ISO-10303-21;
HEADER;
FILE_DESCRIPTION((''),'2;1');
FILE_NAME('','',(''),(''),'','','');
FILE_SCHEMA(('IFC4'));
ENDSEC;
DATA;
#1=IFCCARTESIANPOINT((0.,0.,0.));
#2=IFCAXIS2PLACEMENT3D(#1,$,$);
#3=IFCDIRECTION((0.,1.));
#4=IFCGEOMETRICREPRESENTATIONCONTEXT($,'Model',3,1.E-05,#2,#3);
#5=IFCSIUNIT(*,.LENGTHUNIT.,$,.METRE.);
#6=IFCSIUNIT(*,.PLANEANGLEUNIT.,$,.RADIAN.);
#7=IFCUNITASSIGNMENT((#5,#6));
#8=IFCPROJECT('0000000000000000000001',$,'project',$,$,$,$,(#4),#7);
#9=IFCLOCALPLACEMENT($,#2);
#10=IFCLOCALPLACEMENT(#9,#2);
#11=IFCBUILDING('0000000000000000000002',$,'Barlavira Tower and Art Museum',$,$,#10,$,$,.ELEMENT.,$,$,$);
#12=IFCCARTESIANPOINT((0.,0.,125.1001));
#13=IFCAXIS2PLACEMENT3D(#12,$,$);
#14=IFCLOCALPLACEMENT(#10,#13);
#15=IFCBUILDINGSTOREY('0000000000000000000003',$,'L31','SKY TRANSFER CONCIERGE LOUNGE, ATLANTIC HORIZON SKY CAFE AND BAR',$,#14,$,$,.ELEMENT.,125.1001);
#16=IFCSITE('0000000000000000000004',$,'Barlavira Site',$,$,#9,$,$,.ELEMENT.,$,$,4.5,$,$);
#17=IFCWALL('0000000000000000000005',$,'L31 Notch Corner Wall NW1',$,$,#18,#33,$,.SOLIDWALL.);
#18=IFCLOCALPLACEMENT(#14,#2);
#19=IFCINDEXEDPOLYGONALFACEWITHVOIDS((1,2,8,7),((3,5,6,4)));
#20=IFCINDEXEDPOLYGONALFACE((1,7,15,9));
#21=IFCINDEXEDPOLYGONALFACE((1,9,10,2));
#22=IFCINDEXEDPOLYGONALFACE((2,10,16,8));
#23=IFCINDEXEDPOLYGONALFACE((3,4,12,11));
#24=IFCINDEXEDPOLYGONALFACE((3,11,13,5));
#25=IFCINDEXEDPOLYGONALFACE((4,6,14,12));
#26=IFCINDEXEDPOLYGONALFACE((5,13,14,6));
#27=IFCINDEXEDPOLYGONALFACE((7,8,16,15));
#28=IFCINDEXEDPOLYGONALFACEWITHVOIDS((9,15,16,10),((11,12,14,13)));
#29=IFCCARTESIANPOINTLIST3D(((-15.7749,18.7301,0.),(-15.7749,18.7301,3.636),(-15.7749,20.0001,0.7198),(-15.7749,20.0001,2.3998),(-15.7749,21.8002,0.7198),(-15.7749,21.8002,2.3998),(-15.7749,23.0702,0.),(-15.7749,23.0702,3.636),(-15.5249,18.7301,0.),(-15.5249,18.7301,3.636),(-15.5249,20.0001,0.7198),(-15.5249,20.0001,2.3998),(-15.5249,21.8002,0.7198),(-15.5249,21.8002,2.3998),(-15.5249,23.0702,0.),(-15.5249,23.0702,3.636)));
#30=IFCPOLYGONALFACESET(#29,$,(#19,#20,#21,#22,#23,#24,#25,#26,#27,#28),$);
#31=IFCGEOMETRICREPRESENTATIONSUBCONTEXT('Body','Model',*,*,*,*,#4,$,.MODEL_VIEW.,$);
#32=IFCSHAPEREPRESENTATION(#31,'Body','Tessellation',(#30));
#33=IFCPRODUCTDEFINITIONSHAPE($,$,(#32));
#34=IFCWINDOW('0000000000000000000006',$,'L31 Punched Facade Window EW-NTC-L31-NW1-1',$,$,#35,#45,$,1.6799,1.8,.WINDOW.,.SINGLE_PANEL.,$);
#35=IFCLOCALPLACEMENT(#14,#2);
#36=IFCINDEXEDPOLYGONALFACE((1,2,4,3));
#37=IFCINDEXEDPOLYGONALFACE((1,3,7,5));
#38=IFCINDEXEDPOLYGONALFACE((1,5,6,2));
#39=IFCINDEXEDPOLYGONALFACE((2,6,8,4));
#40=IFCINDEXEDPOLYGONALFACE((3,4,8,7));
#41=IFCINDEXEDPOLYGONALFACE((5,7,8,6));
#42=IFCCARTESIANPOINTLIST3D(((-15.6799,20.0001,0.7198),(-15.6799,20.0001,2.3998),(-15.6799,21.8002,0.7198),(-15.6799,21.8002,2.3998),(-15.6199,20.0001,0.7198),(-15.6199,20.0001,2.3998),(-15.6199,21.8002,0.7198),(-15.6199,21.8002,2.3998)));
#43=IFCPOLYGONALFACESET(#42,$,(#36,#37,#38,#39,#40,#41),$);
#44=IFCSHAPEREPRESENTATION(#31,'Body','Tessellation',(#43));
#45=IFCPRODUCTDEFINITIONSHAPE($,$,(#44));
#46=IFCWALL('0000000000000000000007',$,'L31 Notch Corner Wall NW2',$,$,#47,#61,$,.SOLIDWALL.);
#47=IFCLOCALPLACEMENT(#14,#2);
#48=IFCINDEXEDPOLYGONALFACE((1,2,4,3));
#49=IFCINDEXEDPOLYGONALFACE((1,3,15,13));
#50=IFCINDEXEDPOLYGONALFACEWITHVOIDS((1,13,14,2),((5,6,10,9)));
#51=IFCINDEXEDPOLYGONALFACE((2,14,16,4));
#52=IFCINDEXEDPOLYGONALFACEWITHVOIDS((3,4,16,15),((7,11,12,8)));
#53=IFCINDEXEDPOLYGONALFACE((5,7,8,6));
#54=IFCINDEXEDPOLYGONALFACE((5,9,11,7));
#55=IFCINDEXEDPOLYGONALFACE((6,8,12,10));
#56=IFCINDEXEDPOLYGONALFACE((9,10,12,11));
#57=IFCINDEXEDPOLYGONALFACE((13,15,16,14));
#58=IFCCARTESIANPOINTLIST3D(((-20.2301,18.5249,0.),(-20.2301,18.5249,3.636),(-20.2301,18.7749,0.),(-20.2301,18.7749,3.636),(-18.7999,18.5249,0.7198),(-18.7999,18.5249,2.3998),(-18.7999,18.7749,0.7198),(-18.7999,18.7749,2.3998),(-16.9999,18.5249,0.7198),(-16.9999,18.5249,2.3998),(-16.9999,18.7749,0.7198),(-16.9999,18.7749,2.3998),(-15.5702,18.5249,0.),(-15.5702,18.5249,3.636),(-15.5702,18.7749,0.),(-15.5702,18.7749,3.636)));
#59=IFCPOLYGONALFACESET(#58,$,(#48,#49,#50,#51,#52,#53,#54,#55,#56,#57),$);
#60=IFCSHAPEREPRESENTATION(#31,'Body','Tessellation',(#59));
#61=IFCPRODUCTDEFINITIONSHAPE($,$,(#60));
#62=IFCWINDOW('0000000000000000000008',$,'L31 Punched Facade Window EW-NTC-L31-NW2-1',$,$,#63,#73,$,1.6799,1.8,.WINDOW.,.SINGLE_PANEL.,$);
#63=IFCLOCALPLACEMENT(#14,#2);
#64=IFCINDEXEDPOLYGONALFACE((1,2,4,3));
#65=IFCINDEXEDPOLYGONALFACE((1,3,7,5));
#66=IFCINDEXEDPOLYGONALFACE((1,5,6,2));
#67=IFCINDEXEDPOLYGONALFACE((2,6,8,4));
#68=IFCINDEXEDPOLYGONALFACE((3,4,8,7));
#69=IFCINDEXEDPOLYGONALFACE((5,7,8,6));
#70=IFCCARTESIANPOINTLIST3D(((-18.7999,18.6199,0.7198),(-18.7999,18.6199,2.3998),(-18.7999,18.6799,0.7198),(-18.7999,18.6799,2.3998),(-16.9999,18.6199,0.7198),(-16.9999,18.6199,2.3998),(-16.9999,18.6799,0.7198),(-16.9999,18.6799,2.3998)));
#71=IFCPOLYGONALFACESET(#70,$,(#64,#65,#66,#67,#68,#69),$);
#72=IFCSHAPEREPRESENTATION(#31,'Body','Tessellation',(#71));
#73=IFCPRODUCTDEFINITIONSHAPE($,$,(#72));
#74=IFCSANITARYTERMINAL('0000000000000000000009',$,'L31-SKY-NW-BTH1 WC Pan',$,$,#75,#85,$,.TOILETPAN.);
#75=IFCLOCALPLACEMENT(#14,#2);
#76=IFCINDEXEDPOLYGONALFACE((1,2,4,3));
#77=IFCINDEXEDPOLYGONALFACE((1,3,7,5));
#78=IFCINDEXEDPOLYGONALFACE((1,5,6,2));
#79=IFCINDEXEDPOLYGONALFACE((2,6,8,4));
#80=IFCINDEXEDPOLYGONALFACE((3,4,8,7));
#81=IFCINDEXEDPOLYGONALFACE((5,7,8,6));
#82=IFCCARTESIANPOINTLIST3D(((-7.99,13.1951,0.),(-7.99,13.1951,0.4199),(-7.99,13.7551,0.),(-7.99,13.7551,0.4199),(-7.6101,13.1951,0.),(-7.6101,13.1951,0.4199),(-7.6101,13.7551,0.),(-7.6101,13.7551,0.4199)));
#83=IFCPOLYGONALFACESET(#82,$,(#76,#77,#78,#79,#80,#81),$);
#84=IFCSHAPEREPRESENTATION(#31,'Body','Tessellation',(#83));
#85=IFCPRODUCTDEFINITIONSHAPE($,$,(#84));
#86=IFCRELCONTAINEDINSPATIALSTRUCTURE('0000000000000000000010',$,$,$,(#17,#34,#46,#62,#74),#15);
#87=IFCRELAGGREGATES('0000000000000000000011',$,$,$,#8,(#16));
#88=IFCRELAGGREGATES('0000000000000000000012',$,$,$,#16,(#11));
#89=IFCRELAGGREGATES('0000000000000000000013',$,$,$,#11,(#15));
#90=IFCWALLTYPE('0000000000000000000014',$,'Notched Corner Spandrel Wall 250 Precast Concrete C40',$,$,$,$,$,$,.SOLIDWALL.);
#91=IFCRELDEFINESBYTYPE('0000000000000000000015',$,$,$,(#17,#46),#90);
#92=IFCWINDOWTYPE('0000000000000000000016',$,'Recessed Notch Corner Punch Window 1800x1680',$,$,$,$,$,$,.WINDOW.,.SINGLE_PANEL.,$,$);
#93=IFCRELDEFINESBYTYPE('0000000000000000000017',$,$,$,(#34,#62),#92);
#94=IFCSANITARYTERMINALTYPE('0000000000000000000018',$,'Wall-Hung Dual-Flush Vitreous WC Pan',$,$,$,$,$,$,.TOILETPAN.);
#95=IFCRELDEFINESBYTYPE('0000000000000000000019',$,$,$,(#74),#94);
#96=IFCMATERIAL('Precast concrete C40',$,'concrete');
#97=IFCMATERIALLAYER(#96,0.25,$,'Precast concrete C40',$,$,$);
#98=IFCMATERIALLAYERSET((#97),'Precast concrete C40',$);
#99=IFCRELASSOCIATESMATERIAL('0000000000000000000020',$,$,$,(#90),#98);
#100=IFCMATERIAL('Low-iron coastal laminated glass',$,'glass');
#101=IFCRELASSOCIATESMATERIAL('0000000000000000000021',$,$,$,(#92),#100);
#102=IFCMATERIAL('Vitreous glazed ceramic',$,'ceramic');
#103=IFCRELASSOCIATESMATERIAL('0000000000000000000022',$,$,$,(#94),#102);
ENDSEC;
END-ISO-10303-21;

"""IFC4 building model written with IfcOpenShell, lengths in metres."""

from ifc_helpers import new_model, si_unit, direction, frame, frame_2d, origin, origin_2d, place, context, subcontext, project, spatial, rectangle, extrude, material, layer, layer_set, type_object, element, fill, save


model = new_model("IFC4")

# Units and contexts
model_context = context("Model", 3, precision=1e-05, world=origin(), true_north=direction((0.0, 1.0)))
body_context = subcontext(model_context, "Body", "Model", "MODEL_VIEW")
ifc_project = project(units=[si_unit("LENGTHUNIT", "METRE"), si_unit("PLANEANGLEUNIT", "RADIAN")], contexts=[model_context])

# Site, building, storey
site_placement = place(None, origin())
site = spatial("IfcSite", under=ifc_project, at=site_placement, Name="Barlavira Site", CompositionType="ELEMENT", RefElevation=4.5)
building_placement = place(site_placement, origin())
building = spatial("IfcBuilding", under=site, at=building_placement, Name="Barlavira Tower and Art Museum", CompositionType="ELEMENT")
storey_placement = place(building_placement, frame((0.0, 0.0, 125.1001)))
storey = spatial("IfcBuildingStorey", under=building, at=storey_placement, Name="L31", Description="SKY TRANSFER CONCIERGE LOUNGE, ATLANTIC HORIZON SKY CAFE AND BAR", CompositionType="ELEMENT", Elevation=125.1001)

# Walls, openings, windows
ifc_material_1 = material(Name="Precast concrete C40", Category="concrete")
ifc_layer_1 = layer(ifc_material_1, 0.25, Name="Precast concrete C40")
ifc_layer_set_1 = layer_set([ifc_layer_1], Name="Precast concrete C40")
wall_type_1 = type_object("IfcWallType", Name="Notched Corner Spandrel Wall 250 Precast Concrete C40", PredefinedType="SOLIDWALL", material=ifc_layer_set_1)
ifc_material_2 = material(Name="Low-iron coastal laminated glass", Category="glass")
window_type = type_object("IfcWindowType", Name="Recessed Notch Corner Punch Window 1800x1680", PartitioningType="SINGLE_PANEL", PredefinedType="WINDOW", material=ifc_material_2)
wall_1_placement = place(storey_placement, frame((-15.6499, 23.0701, 0.0), z_axis=(0.0, 0.0, 1.0), x_axis=(0.0, -1.0, 0.0)))
wall_1 = element("IfcWall", 1, at=wall_1_placement, inside=storey, type_object=wall_type_1, Name="L31 Notch Corner Wall NW1", PredefinedType="SOLIDWALL", context=body_context, shape_type="SweptSolid", body=[
    extrude(rectangle(XDim=4.3401, YDim=0.25, at=frame_2d((2.1699, 0.0))), origin(), (0.0, 0.0, 1.0), 3.636),
])
opening_1_placement = place(wall_1_placement, frame((1.27, 0.0, 0.72)))
opening_1 = element("IfcOpeningElement", 2, at=opening_1_placement, cuts=wall_1, PredefinedType="OPENING", context=body_context, shape_type="SweptSolid", body=[
    extrude(rectangle(XDim=1.8, YDim=1.6799, at=frame_2d((0.8999, 0.8398))), frame((0.0, 0.135, 0.0), z_axis=(0.0, -1.0, 0.0), x_axis=(1.0, 0.0, 0.0)), (0.0, 0.0, 1.0), 0.27),
])
window_1_placement = place(opening_1_placement, origin())
window_1 = element("IfcWindow", 3, at=window_1_placement, inside=storey, type_object=window_type, Name="L31 Punched Facade Window EW-NTC-L31-NW1-1", OverallHeight=1.6799, OverallWidth=1.8, PartitioningType="SINGLE_PANEL", PredefinedType="WINDOW", context=body_context, shape_type="SweptSolid", body=[
    extrude(rectangle(XDim=1.8, YDim=1.6799, at=frame_2d((0.8999, 0.8398))), frame((0.0, 0.03, 0.0), z_axis=(0.0, -1.0, 0.0), x_axis=(1.0, 0.0, 0.0)), (0.0, 0.0, 1.0), 0.0601),
])
fill(opening_1, window_1)
wall_2_placement = place(storey_placement, frame((-15.5701, 18.6499, 0.0), z_axis=(0.0, 0.0, 1.0), x_axis=(-1.0, 0.0, 0.0)))
wall_2 = element("IfcWall", 4, at=wall_2_placement, inside=storey, type_object=wall_type_1, Name="L31 Notch Corner Wall NW2", PredefinedType="SOLIDWALL", context=body_context, shape_type="SweptSolid", body=[
    extrude(rectangle(XDim=4.6599, YDim=0.25, at=frame_2d((2.3301, 0.0))), origin(), (0.0, 0.0, 1.0), 3.636),
])
opening_2_placement = place(wall_2_placement, frame((1.4299, 0.0, 0.72)))
opening_2 = element("IfcOpeningElement", 5, at=opening_2_placement, cuts=wall_2, PredefinedType="OPENING", context=body_context, shape_type="SweptSolid", body=[
    extrude(rectangle(XDim=1.8, YDim=1.6799, at=frame_2d((0.8999, 0.8398))), frame((0.0, 0.135, 0.0), z_axis=(0.0, -1.0, 0.0), x_axis=(1.0, 0.0, 0.0)), (0.0, 0.0, 1.0), 0.27),
])
window_2_placement = place(opening_2_placement, origin())
window_2 = element("IfcWindow", 6, at=window_2_placement, inside=storey, type_object=window_type, Name="L31 Punched Facade Window EW-NTC-L31-NW2-1", OverallHeight=1.6799, OverallWidth=1.8, PartitioningType="SINGLE_PANEL", PredefinedType="WINDOW", context=body_context, shape_type="SweptSolid", body=[
    extrude(rectangle(XDim=1.8, YDim=1.6799, at=frame_2d((0.8999, 0.8398))), frame((0.0, 0.03, 0.0), z_axis=(0.0, -1.0, 0.0), x_axis=(1.0, 0.0, 0.0)), (0.0, 0.0, 1.0), 0.0601),
])
fill(opening_2, window_2)

# Sanitary terminal
ifc_material_3 = material(Name="Vitreous glazed ceramic", Category="ceramic")
sanitary_terminal_type = type_object("IfcSanitaryTerminalType", Name="Wall-Hung Dual-Flush Vitreous WC Pan", PredefinedType="TOILETPAN", material=ifc_material_3)
sanitary_terminal_placement = place(storey_placement, frame((-7.8, 13.4751, 0.0), z_axis=(0.0, 0.0, 1.0), x_axis=(1.0, 0.0, 0.0)))
element("IfcSanitaryTerminal", 7, at=sanitary_terminal_placement, inside=storey, type_object=sanitary_terminal_type, Name="L31-SKY-NW-BTH1 WC Pan", PredefinedType="TOILETPAN", context=body_context, shape_type="SweptSolid", body=[
    extrude(rectangle(XDim=0.3799, YDim=0.5601, at=origin_2d()), origin(), (0.0, 0.0, 1.0), 0.4199),
])

save(model, "model.ifc")
